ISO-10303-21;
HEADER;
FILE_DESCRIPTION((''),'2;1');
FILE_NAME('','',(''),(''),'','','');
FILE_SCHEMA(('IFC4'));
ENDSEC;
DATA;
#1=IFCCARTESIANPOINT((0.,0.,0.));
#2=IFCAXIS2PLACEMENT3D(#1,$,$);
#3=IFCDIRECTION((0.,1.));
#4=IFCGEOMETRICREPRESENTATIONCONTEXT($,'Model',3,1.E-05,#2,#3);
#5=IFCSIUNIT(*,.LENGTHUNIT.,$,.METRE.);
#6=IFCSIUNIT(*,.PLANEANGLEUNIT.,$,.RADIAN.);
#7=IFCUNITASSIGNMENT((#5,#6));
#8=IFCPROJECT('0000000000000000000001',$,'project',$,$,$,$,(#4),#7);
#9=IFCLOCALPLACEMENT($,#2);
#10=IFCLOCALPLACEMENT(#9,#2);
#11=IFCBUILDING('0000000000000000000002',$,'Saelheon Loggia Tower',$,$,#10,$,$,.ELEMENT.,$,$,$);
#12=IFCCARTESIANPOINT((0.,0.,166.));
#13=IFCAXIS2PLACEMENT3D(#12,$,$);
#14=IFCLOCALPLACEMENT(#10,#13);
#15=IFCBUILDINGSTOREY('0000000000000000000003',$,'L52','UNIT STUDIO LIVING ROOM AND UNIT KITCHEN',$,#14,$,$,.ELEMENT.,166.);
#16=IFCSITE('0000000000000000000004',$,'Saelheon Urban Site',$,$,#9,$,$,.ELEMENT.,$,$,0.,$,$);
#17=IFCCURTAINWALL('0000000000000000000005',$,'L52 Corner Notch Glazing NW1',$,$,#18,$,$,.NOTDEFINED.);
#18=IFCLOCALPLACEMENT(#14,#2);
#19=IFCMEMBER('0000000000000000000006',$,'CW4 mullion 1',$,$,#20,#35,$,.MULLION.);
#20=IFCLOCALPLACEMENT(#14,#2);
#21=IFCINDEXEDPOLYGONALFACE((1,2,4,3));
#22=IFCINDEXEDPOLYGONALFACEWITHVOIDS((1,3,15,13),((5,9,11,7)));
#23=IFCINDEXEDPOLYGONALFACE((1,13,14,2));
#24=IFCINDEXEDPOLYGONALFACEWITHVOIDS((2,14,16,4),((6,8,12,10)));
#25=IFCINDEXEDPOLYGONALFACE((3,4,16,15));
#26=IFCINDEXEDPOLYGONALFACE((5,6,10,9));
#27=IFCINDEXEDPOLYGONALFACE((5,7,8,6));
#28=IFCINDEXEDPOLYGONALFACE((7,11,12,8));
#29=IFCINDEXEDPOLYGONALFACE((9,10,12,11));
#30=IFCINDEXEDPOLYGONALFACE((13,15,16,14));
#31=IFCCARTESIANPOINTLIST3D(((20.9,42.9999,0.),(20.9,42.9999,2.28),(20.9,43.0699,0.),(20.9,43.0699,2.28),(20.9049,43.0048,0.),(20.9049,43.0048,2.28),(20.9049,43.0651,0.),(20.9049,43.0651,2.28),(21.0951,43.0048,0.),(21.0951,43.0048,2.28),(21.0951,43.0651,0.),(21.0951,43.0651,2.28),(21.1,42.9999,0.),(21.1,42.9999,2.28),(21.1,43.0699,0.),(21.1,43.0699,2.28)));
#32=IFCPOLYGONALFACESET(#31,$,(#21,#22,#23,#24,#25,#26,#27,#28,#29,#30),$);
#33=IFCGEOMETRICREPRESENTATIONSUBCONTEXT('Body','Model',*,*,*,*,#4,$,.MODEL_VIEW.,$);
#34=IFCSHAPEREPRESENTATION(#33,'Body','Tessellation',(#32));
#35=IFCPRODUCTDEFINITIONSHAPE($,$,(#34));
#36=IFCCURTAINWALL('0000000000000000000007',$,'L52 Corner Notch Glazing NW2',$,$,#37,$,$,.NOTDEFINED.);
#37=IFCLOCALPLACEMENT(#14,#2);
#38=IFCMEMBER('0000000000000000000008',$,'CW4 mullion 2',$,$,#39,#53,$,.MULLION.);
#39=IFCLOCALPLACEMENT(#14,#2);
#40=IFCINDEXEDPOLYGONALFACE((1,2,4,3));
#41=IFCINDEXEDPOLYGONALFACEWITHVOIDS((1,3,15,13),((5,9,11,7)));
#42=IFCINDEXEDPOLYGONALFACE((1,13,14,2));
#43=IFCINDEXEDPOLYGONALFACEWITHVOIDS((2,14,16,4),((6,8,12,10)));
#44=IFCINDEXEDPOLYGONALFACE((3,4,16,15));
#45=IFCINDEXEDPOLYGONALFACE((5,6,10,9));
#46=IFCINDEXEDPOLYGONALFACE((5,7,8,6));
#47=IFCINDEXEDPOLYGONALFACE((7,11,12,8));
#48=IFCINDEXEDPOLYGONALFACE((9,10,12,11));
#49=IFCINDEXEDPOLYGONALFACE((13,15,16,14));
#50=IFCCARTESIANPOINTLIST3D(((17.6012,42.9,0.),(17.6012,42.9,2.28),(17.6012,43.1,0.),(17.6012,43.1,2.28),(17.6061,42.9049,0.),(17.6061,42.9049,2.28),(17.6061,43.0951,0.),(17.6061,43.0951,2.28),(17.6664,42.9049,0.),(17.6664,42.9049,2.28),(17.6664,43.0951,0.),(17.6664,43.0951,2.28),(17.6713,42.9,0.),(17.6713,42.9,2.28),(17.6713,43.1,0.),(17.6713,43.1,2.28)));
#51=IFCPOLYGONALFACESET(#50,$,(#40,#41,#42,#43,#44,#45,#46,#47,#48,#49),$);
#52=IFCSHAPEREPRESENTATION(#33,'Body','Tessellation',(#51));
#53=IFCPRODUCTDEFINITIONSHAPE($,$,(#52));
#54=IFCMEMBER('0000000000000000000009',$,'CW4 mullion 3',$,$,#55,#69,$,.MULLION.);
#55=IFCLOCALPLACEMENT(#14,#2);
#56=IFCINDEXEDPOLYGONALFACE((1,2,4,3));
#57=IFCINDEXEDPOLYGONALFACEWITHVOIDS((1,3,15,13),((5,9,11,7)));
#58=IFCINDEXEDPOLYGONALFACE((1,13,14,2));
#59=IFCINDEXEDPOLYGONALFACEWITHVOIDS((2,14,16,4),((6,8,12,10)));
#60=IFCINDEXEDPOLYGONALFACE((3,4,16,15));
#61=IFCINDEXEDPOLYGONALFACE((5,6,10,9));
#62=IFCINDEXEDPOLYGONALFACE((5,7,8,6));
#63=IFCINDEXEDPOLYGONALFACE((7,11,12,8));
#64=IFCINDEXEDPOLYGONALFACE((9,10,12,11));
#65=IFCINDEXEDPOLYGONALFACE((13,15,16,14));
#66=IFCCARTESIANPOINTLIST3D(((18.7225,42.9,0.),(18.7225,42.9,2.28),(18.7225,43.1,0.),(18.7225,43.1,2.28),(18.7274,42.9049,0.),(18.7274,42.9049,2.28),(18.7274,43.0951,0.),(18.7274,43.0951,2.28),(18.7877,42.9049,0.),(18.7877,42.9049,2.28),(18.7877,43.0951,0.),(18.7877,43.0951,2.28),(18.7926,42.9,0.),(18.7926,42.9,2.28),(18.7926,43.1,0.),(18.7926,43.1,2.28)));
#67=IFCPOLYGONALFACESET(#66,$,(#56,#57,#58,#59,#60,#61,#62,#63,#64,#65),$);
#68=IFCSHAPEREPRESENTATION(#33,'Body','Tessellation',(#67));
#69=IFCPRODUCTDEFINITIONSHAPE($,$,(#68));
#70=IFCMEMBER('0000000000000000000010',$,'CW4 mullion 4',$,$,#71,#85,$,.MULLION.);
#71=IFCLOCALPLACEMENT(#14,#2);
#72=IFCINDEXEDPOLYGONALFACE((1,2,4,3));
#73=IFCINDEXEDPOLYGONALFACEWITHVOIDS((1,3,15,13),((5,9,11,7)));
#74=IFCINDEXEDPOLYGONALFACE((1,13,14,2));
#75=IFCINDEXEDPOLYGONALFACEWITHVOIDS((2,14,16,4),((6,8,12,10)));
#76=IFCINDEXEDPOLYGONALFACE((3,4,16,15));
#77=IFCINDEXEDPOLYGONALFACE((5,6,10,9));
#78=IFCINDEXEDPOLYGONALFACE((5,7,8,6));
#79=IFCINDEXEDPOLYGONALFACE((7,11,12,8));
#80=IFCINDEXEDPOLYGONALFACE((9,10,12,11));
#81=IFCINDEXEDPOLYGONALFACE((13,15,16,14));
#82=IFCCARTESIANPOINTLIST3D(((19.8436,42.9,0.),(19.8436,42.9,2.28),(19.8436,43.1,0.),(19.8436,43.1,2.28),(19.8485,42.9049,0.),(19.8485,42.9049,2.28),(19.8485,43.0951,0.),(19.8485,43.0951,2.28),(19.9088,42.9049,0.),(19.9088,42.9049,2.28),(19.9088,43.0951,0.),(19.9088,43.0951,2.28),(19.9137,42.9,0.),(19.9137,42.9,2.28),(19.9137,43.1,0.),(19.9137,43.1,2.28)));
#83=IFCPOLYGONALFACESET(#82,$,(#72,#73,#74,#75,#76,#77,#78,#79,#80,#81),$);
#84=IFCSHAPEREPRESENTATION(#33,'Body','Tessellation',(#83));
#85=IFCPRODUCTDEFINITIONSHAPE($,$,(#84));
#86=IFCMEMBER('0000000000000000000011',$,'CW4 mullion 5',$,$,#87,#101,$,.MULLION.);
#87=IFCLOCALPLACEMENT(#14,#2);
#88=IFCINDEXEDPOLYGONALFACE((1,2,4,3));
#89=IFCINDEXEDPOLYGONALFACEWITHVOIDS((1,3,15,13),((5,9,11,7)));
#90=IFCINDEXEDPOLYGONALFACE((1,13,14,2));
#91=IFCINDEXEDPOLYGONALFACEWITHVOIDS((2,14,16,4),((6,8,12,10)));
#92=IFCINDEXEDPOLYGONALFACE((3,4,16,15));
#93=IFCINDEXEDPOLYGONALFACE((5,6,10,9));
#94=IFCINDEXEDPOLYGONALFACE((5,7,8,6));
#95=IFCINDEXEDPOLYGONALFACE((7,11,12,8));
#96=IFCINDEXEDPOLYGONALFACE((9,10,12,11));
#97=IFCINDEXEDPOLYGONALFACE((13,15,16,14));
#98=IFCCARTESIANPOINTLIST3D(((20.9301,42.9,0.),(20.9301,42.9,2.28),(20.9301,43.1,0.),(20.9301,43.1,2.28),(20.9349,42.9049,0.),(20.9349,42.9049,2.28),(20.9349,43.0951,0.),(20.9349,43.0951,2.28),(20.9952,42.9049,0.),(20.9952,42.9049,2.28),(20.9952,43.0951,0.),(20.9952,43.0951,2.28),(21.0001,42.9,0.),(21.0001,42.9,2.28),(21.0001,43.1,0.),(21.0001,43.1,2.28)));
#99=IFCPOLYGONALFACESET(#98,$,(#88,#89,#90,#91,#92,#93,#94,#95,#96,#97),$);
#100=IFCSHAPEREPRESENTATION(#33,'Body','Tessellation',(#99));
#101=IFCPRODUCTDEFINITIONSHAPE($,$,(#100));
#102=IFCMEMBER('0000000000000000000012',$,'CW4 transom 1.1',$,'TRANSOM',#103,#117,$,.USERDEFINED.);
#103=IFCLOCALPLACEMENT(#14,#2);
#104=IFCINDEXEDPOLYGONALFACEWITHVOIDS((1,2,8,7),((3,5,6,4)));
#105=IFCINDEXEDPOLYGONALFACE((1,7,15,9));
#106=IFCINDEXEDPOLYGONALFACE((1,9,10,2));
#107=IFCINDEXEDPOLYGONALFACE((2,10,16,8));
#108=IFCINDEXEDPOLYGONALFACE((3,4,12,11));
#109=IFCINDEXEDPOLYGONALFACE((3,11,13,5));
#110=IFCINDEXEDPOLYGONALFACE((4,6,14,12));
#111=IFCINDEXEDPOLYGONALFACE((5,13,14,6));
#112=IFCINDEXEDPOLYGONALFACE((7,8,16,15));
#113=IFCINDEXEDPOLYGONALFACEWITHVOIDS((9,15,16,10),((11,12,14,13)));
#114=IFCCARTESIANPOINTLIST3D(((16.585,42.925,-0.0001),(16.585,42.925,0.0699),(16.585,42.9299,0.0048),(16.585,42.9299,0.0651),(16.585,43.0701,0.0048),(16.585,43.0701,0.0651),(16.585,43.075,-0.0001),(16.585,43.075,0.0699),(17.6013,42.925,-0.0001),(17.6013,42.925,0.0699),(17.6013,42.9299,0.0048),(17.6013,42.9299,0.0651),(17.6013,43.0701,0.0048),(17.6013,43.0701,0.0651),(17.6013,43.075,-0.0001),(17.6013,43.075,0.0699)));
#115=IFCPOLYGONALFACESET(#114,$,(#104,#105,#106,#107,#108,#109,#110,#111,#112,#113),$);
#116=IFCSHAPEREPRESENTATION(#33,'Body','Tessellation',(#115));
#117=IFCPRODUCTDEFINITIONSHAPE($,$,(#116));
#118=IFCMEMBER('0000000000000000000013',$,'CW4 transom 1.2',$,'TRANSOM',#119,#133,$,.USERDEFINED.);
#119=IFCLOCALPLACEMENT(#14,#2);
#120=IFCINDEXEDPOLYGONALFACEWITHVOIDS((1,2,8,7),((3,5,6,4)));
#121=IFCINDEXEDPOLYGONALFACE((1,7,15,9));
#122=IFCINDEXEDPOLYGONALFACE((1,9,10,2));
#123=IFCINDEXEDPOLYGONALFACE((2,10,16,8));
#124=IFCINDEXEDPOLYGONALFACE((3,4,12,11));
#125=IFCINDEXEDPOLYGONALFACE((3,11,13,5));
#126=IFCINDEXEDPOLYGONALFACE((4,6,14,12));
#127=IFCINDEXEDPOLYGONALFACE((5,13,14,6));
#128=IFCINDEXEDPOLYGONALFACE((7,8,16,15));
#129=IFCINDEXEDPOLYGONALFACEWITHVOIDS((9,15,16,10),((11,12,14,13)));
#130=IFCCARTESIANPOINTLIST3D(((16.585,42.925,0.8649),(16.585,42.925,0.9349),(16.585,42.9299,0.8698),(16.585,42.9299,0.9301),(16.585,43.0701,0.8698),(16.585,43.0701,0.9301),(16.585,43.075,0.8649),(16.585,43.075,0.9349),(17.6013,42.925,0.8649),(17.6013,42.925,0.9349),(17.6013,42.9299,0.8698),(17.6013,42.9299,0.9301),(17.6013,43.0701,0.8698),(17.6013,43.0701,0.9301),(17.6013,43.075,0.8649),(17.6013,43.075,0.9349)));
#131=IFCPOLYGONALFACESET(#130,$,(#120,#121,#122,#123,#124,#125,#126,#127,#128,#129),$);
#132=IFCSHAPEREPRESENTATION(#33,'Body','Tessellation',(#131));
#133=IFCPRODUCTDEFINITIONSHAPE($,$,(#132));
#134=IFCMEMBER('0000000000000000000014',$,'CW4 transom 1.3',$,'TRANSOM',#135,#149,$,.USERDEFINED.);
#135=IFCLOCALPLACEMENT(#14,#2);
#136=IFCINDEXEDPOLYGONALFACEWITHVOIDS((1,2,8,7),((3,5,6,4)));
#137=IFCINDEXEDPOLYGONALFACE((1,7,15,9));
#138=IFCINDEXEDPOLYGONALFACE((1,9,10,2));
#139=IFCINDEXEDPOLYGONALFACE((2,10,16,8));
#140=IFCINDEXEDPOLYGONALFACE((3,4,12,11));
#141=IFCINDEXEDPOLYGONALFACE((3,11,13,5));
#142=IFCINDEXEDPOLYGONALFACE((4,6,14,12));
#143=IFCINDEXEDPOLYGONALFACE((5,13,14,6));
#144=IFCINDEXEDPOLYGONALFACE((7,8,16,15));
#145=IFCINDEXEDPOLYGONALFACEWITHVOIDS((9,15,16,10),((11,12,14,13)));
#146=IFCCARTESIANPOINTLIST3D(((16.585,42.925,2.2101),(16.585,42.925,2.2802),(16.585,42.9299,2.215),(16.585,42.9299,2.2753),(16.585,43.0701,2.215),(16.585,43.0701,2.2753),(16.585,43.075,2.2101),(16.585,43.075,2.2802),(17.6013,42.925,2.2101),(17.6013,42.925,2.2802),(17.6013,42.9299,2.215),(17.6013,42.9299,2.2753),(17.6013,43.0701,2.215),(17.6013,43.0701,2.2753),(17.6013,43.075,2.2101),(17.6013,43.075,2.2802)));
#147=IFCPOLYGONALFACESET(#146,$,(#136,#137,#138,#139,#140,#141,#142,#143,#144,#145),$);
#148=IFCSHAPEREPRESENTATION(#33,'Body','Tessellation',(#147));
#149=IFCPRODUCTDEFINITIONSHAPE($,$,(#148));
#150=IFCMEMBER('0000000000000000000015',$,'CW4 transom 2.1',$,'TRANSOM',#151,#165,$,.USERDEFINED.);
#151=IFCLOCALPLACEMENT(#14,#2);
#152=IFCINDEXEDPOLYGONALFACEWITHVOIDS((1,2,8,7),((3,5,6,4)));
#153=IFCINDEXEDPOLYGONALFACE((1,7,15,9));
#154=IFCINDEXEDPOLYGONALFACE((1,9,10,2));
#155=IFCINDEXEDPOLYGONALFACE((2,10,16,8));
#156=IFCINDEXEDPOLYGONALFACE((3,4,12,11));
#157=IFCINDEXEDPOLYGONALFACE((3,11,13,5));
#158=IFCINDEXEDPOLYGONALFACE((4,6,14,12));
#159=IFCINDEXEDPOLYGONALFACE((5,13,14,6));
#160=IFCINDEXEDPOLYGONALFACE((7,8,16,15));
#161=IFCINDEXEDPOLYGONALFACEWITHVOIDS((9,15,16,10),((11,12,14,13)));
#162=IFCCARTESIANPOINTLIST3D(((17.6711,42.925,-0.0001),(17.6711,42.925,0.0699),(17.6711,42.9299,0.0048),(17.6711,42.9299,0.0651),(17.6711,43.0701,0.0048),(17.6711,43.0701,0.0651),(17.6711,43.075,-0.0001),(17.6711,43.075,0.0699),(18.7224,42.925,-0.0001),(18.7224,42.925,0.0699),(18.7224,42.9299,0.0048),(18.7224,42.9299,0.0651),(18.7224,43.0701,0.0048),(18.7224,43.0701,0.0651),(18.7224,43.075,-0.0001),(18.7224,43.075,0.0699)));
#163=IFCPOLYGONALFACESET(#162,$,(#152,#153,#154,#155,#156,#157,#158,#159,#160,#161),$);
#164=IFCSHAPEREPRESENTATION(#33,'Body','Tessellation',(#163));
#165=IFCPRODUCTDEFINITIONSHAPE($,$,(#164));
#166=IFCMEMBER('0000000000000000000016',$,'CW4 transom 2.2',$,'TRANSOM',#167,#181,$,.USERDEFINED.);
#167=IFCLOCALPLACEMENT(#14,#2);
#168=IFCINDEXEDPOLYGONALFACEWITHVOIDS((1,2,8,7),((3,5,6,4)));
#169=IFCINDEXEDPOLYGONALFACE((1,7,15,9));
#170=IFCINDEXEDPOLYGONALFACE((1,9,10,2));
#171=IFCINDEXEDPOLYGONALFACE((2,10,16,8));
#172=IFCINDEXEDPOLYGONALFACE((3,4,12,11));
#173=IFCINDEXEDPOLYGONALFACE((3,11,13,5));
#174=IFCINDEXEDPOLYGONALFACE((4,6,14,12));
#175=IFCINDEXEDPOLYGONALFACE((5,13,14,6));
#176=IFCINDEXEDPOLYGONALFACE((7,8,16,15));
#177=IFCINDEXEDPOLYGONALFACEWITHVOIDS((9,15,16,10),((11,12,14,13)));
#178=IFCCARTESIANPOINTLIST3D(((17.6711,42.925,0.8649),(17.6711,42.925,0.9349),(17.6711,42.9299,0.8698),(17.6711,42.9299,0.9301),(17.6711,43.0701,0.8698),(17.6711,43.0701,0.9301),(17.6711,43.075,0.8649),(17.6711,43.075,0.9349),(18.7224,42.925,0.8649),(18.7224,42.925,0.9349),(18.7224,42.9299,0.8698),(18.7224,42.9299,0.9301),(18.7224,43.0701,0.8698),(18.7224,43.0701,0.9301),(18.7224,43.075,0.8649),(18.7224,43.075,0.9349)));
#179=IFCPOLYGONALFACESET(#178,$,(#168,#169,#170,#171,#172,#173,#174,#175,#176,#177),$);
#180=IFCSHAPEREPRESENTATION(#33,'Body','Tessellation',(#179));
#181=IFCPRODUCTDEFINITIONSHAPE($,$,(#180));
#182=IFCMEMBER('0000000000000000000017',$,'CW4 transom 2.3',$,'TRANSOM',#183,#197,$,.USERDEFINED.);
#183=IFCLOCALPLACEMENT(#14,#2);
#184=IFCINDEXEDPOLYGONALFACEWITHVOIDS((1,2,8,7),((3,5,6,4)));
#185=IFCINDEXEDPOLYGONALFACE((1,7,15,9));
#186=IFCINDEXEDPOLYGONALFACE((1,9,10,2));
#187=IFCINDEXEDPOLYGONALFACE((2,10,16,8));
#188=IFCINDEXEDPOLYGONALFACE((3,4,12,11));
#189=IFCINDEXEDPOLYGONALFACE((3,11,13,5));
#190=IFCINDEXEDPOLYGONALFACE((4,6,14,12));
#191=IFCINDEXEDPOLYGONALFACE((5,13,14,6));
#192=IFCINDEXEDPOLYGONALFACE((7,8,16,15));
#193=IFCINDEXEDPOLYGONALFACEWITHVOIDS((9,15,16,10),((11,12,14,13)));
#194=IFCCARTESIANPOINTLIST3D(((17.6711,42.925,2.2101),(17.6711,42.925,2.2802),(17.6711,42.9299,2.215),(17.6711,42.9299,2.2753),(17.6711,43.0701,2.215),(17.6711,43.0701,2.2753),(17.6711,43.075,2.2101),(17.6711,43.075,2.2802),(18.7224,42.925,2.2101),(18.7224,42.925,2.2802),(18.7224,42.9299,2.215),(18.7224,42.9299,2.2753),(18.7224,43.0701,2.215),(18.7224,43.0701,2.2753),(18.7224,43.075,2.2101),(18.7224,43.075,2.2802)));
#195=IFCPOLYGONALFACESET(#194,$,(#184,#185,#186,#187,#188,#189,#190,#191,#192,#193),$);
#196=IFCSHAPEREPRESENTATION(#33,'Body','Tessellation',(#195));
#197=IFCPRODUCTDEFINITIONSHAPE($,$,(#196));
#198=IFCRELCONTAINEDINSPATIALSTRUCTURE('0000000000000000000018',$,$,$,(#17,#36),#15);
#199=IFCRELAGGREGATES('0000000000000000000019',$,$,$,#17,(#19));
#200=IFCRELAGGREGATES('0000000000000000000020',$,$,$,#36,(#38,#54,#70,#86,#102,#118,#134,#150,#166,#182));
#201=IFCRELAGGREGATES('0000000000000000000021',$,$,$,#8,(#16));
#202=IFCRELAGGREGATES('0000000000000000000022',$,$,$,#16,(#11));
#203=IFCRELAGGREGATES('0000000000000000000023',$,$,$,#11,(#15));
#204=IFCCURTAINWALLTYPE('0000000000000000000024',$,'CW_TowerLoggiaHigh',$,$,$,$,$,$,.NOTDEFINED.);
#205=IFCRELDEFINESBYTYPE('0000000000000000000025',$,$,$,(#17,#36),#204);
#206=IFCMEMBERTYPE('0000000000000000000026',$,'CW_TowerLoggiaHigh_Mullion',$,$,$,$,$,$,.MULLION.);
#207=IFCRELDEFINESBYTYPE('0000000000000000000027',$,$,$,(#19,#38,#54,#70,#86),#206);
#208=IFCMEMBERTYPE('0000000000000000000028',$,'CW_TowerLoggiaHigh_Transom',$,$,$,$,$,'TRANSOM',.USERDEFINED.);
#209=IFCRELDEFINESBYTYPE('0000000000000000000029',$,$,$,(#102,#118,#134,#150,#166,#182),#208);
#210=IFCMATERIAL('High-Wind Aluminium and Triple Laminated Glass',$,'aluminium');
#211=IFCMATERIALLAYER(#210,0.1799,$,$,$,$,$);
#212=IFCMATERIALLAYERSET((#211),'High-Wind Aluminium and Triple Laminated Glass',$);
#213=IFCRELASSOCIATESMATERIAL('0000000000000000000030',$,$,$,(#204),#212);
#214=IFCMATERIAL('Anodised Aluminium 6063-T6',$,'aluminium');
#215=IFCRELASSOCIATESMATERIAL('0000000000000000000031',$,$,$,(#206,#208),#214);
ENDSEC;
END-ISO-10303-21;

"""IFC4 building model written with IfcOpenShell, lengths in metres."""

from ifc_helpers import new_model, si_unit, direction, frame, origin, origin_2d, place, context, subcontext, project, spatial, hollow_rectangle, extrude, source, transform, mapped, material, layer, layer_set, material_profile, profile_set, type_object, element, aggregate, save


model = new_model("IFC4")

# Units and contexts
model_context = context("Model", 3, precision=1e-05, world=origin(), true_north=direction((0.0, 1.0)))
body_context = subcontext(model_context, "Body", "Model", "MODEL_VIEW")
ifc_project = project(units=[si_unit("LENGTHUNIT", "METRE"), si_unit("PLANEANGLEUNIT", "RADIAN")], contexts=[model_context])

# Site, building, storey
site_placement = place(None, origin())
site = spatial("IfcSite", under=ifc_project, at=site_placement, Name="Saelheon Urban Site", CompositionType="ELEMENT", RefElevation=0.0)
building_placement = place(site_placement, origin())
building = spatial("IfcBuilding", under=site, at=building_placement, Name="Saelheon Loggia Tower", CompositionType="ELEMENT")
storey_placement = place(building_placement, frame((0.0, 0.0, 166.0)))
storey = spatial("IfcBuildingStorey", under=building, at=storey_placement, Name="L52", Description="UNIT STUDIO LIVING ROOM AND UNIT KITCHEN", CompositionType="ELEMENT", Elevation=166.0)

# Curtain wall, member
ifc_material_1 = material(Name="High-Wind Aluminium and Triple Laminated Glass", Category="aluminium")
ifc_layer_1 = layer(ifc_material_1, 0.1799)
ifc_layer_set_1 = layer_set([ifc_layer_1], Name="High-Wind Aluminium and Triple Laminated Glass")
curtain_wall_type = type_object("IfcCurtainWallType", Name="CW_TowerLoggiaHigh", PredefinedType="NOTDEFINED", material=ifc_layer_set_1)
curtain_wall_1_placement = place(storey_placement, origin())
curtain_wall_1 = element("IfcCurtainWall", 1, at=curtain_wall_1_placement, inside=storey, type_object=curtain_wall_type, Name="L52 Corner Notch Glazing NW1", PredefinedType="NOTDEFINED")
ifc_material_2 = material(Name="Anodised Aluminium 6063-T6", Category="aluminium")
ifc_material_profile_1 = material_profile(ifc_material_2, hollow_rectangle(XDim=0.0701, YDim=0.2, WallThickness=0.0049, at=origin_2d()), Name="RHS-200x70x5")
ifc_profile_set_1 = profile_set([ifc_material_profile_1], Name="Anodised Aluminium 6063-T6")
member_type_1 = type_object("IfcMemberType", Name="CW_TowerLoggiaHigh_Mullion", PredefinedType="MULLION", material=ifc_profile_set_1)
shared_shape_1 = source(origin(), body_context, "Body", "SweptSolid", [
    extrude(hollow_rectangle(XDim=0.0701, YDim=0.2, WallThickness=0.0049, at=origin_2d()), origin(), (0.0, 0.0, 1.0), 2.28),
])
member_1_placement = place(storey_placement, frame((21.0, 43.0349, 0.0), z_axis=(0.0, 0.0, 1.0), x_axis=(0.0, 1.0, 0.0)))
member_1 = element("IfcMember", 2, at=member_1_placement, type_object=member_type_1, Name="CW4 mullion 1", PredefinedType="MULLION", context=body_context, shape_type="MappedRepresentation", body=[
    mapped(shared_shape_1, transform((0.0, 0.0, 0.0), scale=1.0)),
])

# Curtain wall, members
curtain_wall_2_placement = place(storey_placement, origin())
curtain_wall_2 = element("IfcCurtainWall", 3, at=curtain_wall_2_placement, inside=storey, type_object=curtain_wall_type, Name="L52 Corner Notch Glazing NW2", PredefinedType="NOTDEFINED")
member_2_placement = place(storey_placement, frame((17.6362, 43.0, 0.0), z_axis=(0.0, 0.0, 1.0), x_axis=(1.0, 0.0, 0.0)))
member_2 = element("IfcMember", 4, at=member_2_placement, type_object=member_type_1, Name="CW4 mullion 2", PredefinedType="MULLION", context=body_context, shape_type="MappedRepresentation", body=[
    mapped(shared_shape_1, transform((0.0, 0.0, 0.0), scale=1.0)),
])
member_3_placement = place(storey_placement, frame((18.7576, 43.0, 0.0), z_axis=(0.0, 0.0, 1.0), x_axis=(1.0, 0.0, 0.0)))
member_3 = element("IfcMember", 5, at=member_3_placement, type_object=member_type_1, Name="CW4 mullion 3", PredefinedType="MULLION", context=body_context, shape_type="MappedRepresentation", body=[
    mapped(shared_shape_1, transform((0.0, 0.0, 0.0), scale=1.0)),
])
member_4_placement = place(storey_placement, frame((19.8787, 43.0, 0.0), z_axis=(0.0, 0.0, 1.0), x_axis=(1.0, 0.0, 0.0)))
member_4 = element("IfcMember", 6, at=member_4_placement, type_object=member_type_1, Name="CW4 mullion 4", PredefinedType="MULLION", context=body_context, shape_type="MappedRepresentation", body=[
    mapped(shared_shape_1, transform((0.0, 0.0, 0.0), scale=1.0)),
])
member_5_placement = place(storey_placement, frame((20.9651, 43.0, 0.0), z_axis=(0.0, 0.0, 1.0), x_axis=(1.0, 0.0, 0.0)))
member_5 = element("IfcMember", 7, at=member_5_placement, type_object=member_type_1, Name="CW4 mullion 5", PredefinedType="MULLION", context=body_context, shape_type="MappedRepresentation", body=[
    mapped(shared_shape_1, transform((0.0, 0.0, 0.0), scale=1.0)),
])
ifc_material_profile_2 = material_profile(ifc_material_2, hollow_rectangle(XDim=0.0701, YDim=0.1499, WallThickness=0.0049, at=origin_2d()), Name="RHS-150x70x5")
ifc_profile_set_2 = profile_set([ifc_material_profile_2], Name="Anodised Aluminium 6063-T6")
member_type_2 = type_object("IfcMemberType", Name="CW_TowerLoggiaHigh_Transom", ElementType="TRANSOM", PredefinedType="USERDEFINED", material=ifc_profile_set_2)
shared_shape_2 = source(origin(), body_context, "Body", "SweptSolid", [
    extrude(hollow_rectangle(XDim=0.0701, YDim=0.1499, WallThickness=0.0049, at=origin_2d()), origin(), (0.0, 0.0, 1.0), 1.0164),
])
member_6_placement = place(storey_placement, frame((16.585, 43.0, 0.0349), z_axis=(1.0, 0.0, 0.0), x_axis=(0.0, 0.0, 1.0)))
member_6 = element("IfcMember", 8, at=member_6_placement, type_object=member_type_2, Name="CW4 transom 1.1", ObjectType="TRANSOM", PredefinedType="USERDEFINED", context=body_context, shape_type="MappedRepresentation", body=[
    mapped(shared_shape_2, transform((0.0, 0.0, 0.0), scale=1.0)),
])
member_7_placement = place(storey_placement, frame((16.585, 43.0, 0.8999), z_axis=(1.0, 0.0, 0.0), x_axis=(0.0, 0.0, 1.0)))
member_7 = element("IfcMember", 9, at=member_7_placement, type_object=member_type_2, Name="CW4 transom 1.2", ObjectType="TRANSOM", PredefinedType="USERDEFINED", context=body_context, shape_type="MappedRepresentation", body=[
    mapped(shared_shape_2, transform((0.0, 0.0, 0.0), scale=1.0)),
])
member_8_placement = place(storey_placement, frame((16.585, 43.0, 2.2451), z_axis=(1.0, 0.0, 0.0), x_axis=(0.0, 0.0, 1.0)))
member_8 = element("IfcMember", 10, at=member_8_placement, type_object=member_type_2, Name="CW4 transom 1.3", ObjectType="TRANSOM", PredefinedType="USERDEFINED", context=body_context, shape_type="MappedRepresentation", body=[
    mapped(shared_shape_2, transform((0.0, 0.0, 0.0), scale=1.0)),
])
shared_shape_3 = source(origin(), body_context, "Body", "SweptSolid", [
    extrude(hollow_rectangle(XDim=0.0701, YDim=0.1499, WallThickness=0.0049, at=origin_2d()), origin(), (0.0, 0.0, 1.0), 1.0513),
])
member_9_placement = place(storey_placement, frame((17.6711, 43.0, 0.0349), z_axis=(1.0, 0.0, 0.0), x_axis=(0.0, 0.0, 1.0)))
member_9 = element("IfcMember", 11, at=member_9_placement, type_object=member_type_2, Name="CW4 transom 2.1", ObjectType="TRANSOM", PredefinedType="USERDEFINED", context=body_context, shape_type="MappedRepresentation", body=[
    mapped(shared_shape_3, transform((0.0, 0.0, 0.0), scale=1.0)),
])
member_10_placement = place(storey_placement, frame((17.6711, 43.0, 0.8999), z_axis=(1.0, 0.0, 0.0), x_axis=(0.0, 0.0, 1.0)))
member_10 = element("IfcMember", 12, at=member_10_placement, type_object=member_type_2, Name="CW4 transom 2.2", ObjectType="TRANSOM", PredefinedType="USERDEFINED", context=body_context, shape_type="MappedRepresentation", body=[
    mapped(shared_shape_3, transform((0.0, 0.0, 0.0), scale=1.0)),
])
member_11_placement = place(storey_placement, frame((17.6711, 43.0, 2.2451), z_axis=(1.0, 0.0, 0.0), x_axis=(0.0, 0.0, 1.0)))
member_11 = element("IfcMember", 13, at=member_11_placement, type_object=member_type_2, Name="CW4 transom 2.3", ObjectType="TRANSOM", PredefinedType="USERDEFINED", context=body_context, shape_type="MappedRepresentation", body=[
    mapped(shared_shape_3, transform((0.0, 0.0, 0.0), scale=1.0)),
])

aggregate(curtain_wall_1, [member_1])

aggregate(curtain_wall_2, [member_2, member_3, member_4, member_5, member_6, member_7, member_8, member_9, member_10, member_11])

save(model, "model.ifc")
